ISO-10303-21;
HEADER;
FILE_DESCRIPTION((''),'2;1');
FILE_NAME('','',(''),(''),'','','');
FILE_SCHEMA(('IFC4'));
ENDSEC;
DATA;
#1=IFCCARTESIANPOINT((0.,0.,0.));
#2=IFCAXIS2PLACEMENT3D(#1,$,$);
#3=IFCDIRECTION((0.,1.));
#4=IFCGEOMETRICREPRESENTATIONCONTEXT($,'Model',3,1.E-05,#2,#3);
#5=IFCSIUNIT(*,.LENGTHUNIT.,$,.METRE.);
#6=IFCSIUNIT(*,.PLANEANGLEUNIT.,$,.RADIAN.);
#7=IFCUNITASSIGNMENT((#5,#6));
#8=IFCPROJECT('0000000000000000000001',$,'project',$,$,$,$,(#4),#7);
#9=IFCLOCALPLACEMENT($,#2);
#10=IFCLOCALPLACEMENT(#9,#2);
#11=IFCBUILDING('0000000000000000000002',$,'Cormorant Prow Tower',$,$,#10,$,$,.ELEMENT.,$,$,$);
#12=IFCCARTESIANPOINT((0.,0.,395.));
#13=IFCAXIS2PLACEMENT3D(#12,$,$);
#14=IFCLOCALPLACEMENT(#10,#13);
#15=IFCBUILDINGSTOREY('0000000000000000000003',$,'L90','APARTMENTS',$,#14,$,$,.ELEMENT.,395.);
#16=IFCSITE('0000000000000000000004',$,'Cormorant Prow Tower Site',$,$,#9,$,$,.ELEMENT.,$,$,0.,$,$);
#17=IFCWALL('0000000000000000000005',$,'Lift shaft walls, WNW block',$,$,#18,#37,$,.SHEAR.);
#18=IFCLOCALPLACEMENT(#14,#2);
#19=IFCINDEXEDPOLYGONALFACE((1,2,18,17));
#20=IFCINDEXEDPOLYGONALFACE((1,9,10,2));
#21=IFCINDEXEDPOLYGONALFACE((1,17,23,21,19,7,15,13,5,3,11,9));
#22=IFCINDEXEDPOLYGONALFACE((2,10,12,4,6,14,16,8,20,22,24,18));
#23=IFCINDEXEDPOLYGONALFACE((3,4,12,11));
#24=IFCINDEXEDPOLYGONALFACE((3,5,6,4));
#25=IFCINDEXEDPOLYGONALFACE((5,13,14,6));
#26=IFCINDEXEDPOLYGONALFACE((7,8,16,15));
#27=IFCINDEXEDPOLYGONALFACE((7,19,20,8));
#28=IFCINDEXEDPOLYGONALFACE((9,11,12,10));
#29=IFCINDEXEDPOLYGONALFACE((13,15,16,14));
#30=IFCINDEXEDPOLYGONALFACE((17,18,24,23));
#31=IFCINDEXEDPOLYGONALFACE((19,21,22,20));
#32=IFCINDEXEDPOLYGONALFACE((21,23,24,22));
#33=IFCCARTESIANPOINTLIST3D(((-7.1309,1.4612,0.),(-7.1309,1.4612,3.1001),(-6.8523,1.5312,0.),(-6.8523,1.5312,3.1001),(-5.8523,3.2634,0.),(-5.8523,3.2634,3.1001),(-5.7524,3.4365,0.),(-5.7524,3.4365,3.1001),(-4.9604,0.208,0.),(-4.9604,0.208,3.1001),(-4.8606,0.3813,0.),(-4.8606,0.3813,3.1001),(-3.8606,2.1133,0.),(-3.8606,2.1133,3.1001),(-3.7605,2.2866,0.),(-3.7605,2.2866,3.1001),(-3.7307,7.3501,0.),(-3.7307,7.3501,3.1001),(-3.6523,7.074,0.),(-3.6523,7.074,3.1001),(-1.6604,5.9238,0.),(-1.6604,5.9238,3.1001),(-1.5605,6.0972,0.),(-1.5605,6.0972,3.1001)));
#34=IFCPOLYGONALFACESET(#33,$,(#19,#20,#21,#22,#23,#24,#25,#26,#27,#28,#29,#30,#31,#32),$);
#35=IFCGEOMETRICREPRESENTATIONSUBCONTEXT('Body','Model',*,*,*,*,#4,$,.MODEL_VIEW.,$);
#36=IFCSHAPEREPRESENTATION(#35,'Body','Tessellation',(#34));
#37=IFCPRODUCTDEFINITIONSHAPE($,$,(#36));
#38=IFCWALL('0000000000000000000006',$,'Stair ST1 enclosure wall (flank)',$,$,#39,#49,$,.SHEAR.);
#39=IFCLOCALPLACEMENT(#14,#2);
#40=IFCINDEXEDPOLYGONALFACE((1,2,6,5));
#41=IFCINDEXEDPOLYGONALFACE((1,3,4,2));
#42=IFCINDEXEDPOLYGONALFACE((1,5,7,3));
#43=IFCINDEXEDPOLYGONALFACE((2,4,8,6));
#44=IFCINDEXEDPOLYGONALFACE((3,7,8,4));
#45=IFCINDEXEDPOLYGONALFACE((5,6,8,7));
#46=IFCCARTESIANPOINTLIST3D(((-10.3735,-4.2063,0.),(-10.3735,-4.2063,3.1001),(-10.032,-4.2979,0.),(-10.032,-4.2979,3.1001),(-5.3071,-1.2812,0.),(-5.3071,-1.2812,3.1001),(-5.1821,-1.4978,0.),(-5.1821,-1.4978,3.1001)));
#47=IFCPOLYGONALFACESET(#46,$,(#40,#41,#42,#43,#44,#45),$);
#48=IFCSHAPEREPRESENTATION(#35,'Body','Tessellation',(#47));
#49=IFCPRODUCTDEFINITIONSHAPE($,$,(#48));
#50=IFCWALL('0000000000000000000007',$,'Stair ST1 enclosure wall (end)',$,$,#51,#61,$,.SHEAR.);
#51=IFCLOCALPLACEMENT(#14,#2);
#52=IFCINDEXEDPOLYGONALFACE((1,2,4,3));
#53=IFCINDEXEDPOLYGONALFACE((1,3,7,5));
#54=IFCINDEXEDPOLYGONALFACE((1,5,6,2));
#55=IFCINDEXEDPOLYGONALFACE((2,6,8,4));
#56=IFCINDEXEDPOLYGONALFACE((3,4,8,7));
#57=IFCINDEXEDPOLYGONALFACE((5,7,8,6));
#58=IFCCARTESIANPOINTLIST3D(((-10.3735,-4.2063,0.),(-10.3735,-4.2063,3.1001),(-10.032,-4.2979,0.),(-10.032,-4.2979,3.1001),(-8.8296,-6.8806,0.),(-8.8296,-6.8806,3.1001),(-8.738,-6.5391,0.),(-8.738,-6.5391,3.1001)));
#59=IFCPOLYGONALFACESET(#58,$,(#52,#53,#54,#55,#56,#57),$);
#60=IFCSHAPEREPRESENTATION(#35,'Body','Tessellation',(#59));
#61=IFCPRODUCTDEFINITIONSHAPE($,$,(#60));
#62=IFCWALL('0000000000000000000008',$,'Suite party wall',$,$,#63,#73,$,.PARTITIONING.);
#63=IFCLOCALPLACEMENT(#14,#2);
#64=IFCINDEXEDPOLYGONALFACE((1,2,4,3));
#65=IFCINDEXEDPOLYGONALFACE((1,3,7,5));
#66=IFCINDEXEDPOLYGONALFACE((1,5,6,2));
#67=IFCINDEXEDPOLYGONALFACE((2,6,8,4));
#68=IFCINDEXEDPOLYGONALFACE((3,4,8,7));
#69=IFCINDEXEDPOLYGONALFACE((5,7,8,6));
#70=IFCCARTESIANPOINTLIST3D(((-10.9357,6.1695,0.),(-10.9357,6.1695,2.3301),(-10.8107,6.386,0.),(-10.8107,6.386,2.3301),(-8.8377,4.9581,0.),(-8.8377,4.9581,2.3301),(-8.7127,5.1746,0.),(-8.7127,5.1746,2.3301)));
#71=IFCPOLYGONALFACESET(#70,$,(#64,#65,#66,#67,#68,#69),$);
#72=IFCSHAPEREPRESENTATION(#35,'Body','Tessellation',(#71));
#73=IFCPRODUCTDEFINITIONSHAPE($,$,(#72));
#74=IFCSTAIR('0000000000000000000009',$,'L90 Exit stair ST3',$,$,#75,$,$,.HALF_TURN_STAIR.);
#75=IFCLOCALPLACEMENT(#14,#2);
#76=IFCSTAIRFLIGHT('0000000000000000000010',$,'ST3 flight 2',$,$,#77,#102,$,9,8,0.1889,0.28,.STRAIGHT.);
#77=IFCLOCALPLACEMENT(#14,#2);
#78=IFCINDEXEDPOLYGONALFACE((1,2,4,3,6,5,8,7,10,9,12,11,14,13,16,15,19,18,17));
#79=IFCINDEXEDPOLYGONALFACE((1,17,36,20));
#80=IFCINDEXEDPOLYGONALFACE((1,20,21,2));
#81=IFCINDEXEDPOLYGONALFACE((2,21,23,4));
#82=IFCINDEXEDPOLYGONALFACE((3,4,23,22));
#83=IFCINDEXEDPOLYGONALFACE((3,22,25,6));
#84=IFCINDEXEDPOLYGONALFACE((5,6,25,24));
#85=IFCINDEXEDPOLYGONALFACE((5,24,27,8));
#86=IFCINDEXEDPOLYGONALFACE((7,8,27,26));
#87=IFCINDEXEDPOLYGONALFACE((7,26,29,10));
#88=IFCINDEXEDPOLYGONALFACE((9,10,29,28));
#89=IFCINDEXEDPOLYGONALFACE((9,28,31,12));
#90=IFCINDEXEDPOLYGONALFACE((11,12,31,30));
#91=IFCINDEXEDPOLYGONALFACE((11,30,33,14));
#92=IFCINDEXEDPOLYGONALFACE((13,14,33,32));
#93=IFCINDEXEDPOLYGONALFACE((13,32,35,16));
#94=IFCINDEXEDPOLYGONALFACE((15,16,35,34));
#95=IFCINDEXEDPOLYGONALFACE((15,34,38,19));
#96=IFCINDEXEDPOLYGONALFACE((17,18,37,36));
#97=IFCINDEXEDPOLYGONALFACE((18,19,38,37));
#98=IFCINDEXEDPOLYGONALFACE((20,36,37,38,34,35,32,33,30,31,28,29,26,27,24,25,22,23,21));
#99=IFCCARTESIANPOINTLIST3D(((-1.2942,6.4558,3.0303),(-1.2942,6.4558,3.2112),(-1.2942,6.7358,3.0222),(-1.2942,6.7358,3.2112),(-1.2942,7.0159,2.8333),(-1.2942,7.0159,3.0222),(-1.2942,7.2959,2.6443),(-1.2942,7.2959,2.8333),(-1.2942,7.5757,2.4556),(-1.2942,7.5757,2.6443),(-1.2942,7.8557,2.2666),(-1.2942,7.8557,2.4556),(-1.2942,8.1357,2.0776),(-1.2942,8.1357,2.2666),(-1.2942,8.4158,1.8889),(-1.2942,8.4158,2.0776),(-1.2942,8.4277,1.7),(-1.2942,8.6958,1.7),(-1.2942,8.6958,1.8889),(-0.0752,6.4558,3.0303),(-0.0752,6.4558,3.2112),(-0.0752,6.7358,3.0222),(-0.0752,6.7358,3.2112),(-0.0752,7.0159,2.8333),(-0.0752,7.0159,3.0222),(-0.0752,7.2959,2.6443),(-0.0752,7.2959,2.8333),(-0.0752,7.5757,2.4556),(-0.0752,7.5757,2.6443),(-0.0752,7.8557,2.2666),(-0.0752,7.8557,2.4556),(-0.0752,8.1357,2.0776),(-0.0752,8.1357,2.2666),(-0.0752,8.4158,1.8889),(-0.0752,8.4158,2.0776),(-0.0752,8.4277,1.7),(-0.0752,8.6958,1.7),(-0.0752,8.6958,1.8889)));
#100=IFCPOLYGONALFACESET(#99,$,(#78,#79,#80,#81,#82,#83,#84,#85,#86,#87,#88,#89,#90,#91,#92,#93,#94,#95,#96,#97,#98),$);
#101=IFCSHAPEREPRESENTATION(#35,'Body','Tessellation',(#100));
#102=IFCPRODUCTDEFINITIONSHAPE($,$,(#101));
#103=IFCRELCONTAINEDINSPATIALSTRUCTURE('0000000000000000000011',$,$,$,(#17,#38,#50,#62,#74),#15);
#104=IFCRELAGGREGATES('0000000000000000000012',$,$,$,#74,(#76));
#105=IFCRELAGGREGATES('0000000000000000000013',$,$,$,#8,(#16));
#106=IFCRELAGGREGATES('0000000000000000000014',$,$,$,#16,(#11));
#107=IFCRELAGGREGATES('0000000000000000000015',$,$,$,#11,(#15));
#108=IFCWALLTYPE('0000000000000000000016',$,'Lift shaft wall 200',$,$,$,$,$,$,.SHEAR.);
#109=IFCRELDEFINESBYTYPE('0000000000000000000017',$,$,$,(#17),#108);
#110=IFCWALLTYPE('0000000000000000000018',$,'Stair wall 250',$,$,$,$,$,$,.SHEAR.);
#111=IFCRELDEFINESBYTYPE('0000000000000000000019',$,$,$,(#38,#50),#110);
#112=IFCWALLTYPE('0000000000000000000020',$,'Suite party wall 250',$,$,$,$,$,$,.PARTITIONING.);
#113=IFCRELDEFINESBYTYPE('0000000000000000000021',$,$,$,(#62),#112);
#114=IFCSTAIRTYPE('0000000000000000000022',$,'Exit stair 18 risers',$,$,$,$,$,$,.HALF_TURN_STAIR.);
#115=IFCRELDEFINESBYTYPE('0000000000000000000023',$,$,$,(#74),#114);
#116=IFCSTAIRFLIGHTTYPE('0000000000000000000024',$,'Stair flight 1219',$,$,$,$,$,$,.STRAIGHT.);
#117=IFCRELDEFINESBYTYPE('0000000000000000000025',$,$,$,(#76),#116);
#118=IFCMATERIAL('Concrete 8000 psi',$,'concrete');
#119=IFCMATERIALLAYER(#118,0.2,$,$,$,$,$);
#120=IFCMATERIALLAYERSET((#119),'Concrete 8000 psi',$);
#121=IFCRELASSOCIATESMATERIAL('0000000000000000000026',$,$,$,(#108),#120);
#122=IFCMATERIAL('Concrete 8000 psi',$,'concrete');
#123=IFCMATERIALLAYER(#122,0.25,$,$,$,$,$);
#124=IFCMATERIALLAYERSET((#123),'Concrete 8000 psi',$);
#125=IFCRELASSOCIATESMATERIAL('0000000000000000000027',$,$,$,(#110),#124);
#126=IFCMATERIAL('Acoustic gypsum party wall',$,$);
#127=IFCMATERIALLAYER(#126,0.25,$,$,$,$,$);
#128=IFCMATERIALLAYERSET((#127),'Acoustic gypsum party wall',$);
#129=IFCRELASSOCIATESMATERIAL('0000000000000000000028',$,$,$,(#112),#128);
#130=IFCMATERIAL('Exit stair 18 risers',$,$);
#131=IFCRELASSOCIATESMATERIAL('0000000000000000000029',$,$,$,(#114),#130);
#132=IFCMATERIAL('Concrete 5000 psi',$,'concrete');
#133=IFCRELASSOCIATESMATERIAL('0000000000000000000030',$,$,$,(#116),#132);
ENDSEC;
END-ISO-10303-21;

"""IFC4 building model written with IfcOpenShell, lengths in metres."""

from ifc_helpers import new_model, si_unit, direction, frame, frame_2d, origin, place, context, subcontext, project, spatial, polyline, rectangle, outline, extrude, material, layer, layer_set, type_object, element, aggregate, save


model = new_model("IFC4")

# Units and contexts
model_context = context("Model", 3, precision=1e-05, world=origin(), true_north=direction((0.0, 1.0)))
body_context = subcontext(model_context, "Body", "Model", "MODEL_VIEW")
ifc_project = project(units=[si_unit("LENGTHUNIT", "METRE"), si_unit("PLANEANGLEUNIT", "RADIAN")], contexts=[model_context])

# Site, building, storey
site_placement = place(None, origin())
site = spatial("IfcSite", under=ifc_project, at=site_placement, Name="Cormorant Prow Tower Site", CompositionType="ELEMENT", RefElevation=0.0)
building_placement = place(site_placement, origin())
building = spatial("IfcBuilding", under=site, at=building_placement, Name="Cormorant Prow Tower", CompositionType="ELEMENT")
storey_placement = place(building_placement, frame((0.0, 0.0, 395.0)))
storey = spatial("IfcBuildingStorey", under=building, at=storey_placement, Name="L90", Description="APARTMENTS", CompositionType="ELEMENT", Elevation=395.0)

# Walls
ifc_material_1 = material(Name="Concrete 8000 psi", Category="concrete")
ifc_layer_1 = layer(ifc_material_1, 0.2)
ifc_layer_set_1 = layer_set([ifc_layer_1], Name="Concrete 8000 psi")
wall_type_1 = type_object("IfcWallType", Name="Lift shaft wall 200", PredefinedType="SHEAR", material=ifc_layer_set_1)
wall_1_placement = place(storey_placement, origin())
element("IfcWall", 1, at=wall_1_placement, inside=storey, type_object=wall_type_1, Name="Lift shaft walls, WNW block", PredefinedType="SHEAR", context=body_context, shape_type="SweptSolid", body=[
    extrude(outline(polyline([(-4.9604, 0.208), (-7.1309, 1.4612), (-3.7307, 7.3501), (-1.5605, 6.0972), (-1.6604, 5.9238), (-3.6523, 7.074), (-5.7524, 3.4365), (-3.7605, 2.2866), (-3.8606, 2.1133), (-5.8523, 3.2634), (-6.8523, 1.5312), (-4.8606, 0.3813), (-4.9604, 0.208)])), origin(), (0.0, 0.0, 1.0), 3.1001),
])
ifc_material_2 = material(Name="Concrete 8000 psi", Category="concrete")
ifc_layer_2 = layer(ifc_material_2, 0.25)
ifc_layer_set_2 = layer_set([ifc_layer_2], Name="Concrete 8000 psi")
wall_type_2 = type_object("IfcWallType", Name="Stair wall 250", PredefinedType="SHEAR", material=ifc_layer_set_2)
wall_2_placement = place(storey_placement, origin())
element("IfcWall", 2, at=wall_2_placement, inside=storey, type_object=wall_type_2, Name="Stair ST1 enclosure wall (flank)", PredefinedType="SHEAR", context=body_context, shape_type="SweptSolid", body=[
    extrude(outline(polyline([(-5.3071, -1.2812), (-10.3735, -4.2063), (-10.032, -4.2979), (-5.1821, -1.4978), (-5.3071, -1.2812)])), origin(), (0.0, 0.0, 1.0), 3.1001),
])
wall_3_placement = place(storey_placement, origin())
element("IfcWall", 3, at=wall_3_placement, inside=storey, type_object=wall_type_2, Name="Stair ST1 enclosure wall (end)", PredefinedType="SHEAR", context=body_context, shape_type="SweptSolid", body=[
    extrude(outline(polyline([(-10.3735, -4.2063), (-8.8296, -6.8806), (-8.738, -6.5391), (-10.032, -4.2979), (-10.3735, -4.2063)])), origin(), (0.0, 0.0, 1.0), 3.1001),
])
ifc_material_3 = material(Name="Acoustic gypsum party wall")
ifc_layer_3 = layer(ifc_material_3, 0.25)
ifc_layer_set_3 = layer_set([ifc_layer_3], Name="Acoustic gypsum party wall")
wall_type_3 = type_object("IfcWallType", Name="Suite party wall 250", PredefinedType="PARTITIONING", material=ifc_layer_set_3)
wall_4_placement = place(storey_placement, frame((-10.8733, 6.2778, 0.0), z_axis=(0.0, 0.0, 1.0), x_axis=(0.865989, -0.500063, 0.0)))
element("IfcWall", 4, at=wall_4_placement, inside=storey, type_object=wall_type_3, Name="Suite party wall", PredefinedType="PARTITIONING", context=body_context, shape_type="SweptSolid", body=[
    extrude(rectangle(XDim=2.4226, YDim=0.25, at=frame_2d((1.2114, 0.0))), origin(), (0.0, 0.0, 1.0), 2.3301),
])

# Stair, stair flight
ifc_material_4 = material(Name="Exit stair 18 risers")
stair_type = type_object("IfcStairType", Name="Exit stair 18 risers", PredefinedType="HALF_TURN_STAIR", material=ifc_material_4)
stair_placement = place(storey_placement, origin())
stair = element("IfcStair", 5, at=stair_placement, inside=storey, type_object=stair_type, Name="L90 Exit stair ST3", PredefinedType="HALF_TURN_STAIR")
ifc_material_5 = material(Name="Concrete 5000 psi", Category="concrete")
stair_flight_type = type_object("IfcStairFlightType", Name="Stair flight 1219", PredefinedType="STRAIGHT", material=ifc_material_5)
stair_flight_placement = place(storey_placement, frame((-0.6846, 8.6958, 1.7), z_axis=(0.0, 0.0, 1.0), x_axis=(0.0, -1.0, 0.0)))
stair_flight = element("IfcStairFlight", 6, at=stair_flight_placement, type_object=stair_flight_type, Name="ST3 flight 2", NumberOfRisers=9, NumberOfTreads=8, PredefinedType="STRAIGHT", RiserHeight=0.1889, TreadLength=0.28, context=body_context, shape_type="SweptSolid", body=[
    extrude(outline(polyline([(0.0, 0.0), (0.0, 0.189), (0.28, 0.189), (0.28, 0.3777), (0.5601, 0.3777), (0.5601, 0.5667), (0.8401, 0.5667), (0.8401, 0.7556), (1.1201, 0.7556), (1.1201, 0.9443), (1.3999, 0.9443), (1.3999, 1.1333), (1.6799, 1.1333), (1.6799, 1.3223), (1.96, 1.3223), (1.96, 1.5112), (2.24, 1.5112), (2.24, 1.7), (2.24, 1.3303), (0.2681, 0.0), (0.0, 0.0)])), frame((0.0, 0.6094, 0.0), z_axis=(0.0, -1.0, 0.0), x_axis=(1.0, 0.0, 0.0)), (0.0, 0.0, 1.0), 1.219),
])
aggregate(stair, [stair_flight])

save(model, "model.ifc")
